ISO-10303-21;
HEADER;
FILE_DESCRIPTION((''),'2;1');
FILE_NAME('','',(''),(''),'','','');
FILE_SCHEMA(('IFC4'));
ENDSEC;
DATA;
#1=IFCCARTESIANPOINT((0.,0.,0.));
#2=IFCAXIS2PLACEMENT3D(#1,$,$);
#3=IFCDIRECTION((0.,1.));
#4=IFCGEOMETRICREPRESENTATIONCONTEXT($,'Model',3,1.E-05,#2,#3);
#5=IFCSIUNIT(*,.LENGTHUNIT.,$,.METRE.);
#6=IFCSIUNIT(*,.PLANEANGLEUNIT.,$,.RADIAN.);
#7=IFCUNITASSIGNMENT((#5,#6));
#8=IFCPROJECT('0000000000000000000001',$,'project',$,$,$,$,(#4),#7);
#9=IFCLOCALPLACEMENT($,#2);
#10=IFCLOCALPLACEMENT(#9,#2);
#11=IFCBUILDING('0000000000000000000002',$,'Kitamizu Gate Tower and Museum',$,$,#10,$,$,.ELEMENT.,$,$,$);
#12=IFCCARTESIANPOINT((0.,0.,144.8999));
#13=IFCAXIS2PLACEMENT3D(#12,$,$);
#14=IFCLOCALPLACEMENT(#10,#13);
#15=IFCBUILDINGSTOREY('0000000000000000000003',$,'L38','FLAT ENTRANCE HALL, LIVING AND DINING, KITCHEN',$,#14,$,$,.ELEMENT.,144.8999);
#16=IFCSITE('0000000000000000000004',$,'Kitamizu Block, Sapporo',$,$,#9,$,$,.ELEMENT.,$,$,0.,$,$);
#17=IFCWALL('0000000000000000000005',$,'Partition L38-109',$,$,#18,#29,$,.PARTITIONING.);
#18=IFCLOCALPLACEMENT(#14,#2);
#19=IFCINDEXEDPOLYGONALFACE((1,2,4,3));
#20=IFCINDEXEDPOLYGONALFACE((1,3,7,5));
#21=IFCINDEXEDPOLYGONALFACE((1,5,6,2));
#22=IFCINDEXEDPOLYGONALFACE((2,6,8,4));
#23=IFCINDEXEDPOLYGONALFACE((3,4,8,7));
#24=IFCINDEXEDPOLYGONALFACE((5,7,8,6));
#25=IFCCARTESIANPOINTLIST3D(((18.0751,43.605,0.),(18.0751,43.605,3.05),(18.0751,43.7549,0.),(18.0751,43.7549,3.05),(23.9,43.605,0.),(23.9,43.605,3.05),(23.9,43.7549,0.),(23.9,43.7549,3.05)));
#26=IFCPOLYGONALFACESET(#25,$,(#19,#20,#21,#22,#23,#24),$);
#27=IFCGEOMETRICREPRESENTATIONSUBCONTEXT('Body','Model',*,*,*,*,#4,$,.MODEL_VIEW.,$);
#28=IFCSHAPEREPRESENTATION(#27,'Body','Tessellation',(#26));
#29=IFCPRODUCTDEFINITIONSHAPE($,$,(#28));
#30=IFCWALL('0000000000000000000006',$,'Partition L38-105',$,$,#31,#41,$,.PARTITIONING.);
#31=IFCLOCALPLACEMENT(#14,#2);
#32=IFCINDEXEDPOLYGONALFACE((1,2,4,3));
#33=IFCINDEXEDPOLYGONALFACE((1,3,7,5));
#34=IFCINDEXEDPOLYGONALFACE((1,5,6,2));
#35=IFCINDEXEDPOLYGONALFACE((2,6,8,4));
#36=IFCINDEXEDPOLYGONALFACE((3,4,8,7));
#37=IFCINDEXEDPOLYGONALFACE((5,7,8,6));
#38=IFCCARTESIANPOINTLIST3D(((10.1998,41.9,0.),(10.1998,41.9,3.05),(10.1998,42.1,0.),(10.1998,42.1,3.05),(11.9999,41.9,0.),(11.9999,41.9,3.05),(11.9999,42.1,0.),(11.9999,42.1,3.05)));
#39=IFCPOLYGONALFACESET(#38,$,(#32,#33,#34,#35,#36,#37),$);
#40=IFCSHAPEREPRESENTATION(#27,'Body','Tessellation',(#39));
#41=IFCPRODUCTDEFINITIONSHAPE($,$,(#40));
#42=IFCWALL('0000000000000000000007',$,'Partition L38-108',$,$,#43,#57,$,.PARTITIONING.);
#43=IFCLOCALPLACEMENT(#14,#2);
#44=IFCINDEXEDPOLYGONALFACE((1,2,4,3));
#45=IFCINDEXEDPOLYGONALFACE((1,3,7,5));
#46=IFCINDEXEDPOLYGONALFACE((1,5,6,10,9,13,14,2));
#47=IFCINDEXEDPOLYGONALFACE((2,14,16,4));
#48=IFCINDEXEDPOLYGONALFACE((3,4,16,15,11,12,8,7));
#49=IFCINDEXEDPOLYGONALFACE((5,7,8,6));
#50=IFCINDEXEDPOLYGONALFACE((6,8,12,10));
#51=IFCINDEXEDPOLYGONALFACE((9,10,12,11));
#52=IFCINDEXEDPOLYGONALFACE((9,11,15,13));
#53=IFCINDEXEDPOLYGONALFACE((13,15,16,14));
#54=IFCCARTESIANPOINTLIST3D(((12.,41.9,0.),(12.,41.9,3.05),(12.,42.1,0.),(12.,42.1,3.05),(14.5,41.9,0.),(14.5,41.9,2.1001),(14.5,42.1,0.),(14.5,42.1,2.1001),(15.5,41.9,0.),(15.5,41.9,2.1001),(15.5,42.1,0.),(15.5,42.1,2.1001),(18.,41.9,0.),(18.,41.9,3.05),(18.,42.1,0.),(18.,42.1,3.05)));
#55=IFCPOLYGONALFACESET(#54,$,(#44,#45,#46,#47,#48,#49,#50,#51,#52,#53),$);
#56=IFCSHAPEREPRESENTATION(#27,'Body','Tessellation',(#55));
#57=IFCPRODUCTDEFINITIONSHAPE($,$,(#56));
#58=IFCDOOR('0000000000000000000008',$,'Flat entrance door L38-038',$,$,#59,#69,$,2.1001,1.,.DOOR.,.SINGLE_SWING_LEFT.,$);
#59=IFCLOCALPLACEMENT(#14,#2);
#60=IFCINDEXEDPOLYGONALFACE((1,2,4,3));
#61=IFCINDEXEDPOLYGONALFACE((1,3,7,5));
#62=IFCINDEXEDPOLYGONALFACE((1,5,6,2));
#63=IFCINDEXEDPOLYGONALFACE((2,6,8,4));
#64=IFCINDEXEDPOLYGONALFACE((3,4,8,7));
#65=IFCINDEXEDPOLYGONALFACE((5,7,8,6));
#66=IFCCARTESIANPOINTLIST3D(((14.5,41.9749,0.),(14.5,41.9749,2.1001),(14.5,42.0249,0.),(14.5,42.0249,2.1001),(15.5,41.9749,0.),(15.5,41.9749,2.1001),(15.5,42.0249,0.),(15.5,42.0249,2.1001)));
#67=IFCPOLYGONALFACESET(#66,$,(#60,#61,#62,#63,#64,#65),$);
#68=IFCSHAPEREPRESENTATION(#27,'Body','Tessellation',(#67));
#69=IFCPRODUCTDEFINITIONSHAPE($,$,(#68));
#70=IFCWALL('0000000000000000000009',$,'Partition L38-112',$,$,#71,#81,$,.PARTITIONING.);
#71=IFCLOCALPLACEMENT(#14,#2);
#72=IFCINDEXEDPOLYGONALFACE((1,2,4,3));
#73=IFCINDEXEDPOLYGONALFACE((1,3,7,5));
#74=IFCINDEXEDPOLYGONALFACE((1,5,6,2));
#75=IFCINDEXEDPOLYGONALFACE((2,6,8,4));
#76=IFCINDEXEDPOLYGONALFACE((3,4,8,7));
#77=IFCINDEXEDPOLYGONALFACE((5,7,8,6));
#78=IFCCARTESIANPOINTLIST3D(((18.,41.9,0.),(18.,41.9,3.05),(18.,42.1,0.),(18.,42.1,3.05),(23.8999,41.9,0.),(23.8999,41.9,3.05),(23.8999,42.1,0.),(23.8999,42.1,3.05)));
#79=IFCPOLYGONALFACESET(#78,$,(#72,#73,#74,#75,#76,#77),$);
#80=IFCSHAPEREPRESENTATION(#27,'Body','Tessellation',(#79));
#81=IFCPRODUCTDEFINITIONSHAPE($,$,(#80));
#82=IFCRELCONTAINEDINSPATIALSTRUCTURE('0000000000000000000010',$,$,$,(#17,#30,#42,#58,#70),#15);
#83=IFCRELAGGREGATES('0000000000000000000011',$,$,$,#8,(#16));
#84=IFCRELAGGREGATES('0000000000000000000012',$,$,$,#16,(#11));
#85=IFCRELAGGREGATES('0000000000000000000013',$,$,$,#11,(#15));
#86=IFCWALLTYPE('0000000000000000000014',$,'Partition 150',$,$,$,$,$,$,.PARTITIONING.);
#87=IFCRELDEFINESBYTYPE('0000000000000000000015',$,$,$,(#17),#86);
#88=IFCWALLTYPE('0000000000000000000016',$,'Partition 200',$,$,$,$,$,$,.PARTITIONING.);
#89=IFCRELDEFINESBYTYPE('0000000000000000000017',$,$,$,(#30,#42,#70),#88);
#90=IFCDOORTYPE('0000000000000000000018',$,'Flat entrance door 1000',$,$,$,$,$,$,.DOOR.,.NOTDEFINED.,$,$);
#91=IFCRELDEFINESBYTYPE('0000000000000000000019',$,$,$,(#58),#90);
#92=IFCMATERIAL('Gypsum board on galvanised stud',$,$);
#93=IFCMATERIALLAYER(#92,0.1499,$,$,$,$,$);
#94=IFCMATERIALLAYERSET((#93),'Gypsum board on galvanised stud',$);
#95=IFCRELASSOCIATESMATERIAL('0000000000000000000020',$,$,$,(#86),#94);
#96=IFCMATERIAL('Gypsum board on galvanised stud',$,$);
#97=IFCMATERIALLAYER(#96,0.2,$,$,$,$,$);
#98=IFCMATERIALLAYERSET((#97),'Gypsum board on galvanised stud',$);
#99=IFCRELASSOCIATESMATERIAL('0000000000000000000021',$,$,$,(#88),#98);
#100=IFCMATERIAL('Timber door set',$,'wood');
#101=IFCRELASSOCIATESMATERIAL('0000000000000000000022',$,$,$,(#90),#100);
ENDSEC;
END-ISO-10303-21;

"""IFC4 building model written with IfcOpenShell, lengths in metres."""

from ifc_helpers import new_model, si_unit, direction, frame, frame_2d, origin, place, context, subcontext, project, spatial, rectangle, extrude, material, layer, layer_set, type_object, element, fill, save


model = new_model("IFC4")

# Units and contexts
model_context = context("Model", 3, precision=1e-05, world=origin(), true_north=direction((0.0, 1.0)))
body_context = subcontext(model_context, "Body", "Model", "MODEL_VIEW")
ifc_project = project(units=[si_unit("LENGTHUNIT", "METRE"), si_unit("PLANEANGLEUNIT", "RADIAN")], contexts=[model_context])

# Site, building, storey
site_placement = place(None, origin())
site = spatial("IfcSite", under=ifc_project, at=site_placement, Name="Kitamizu Block, Sapporo", CompositionType="ELEMENT", RefElevation=0.0)
building_placement = place(site_placement, origin())
building = spatial("IfcBuilding", under=site, at=building_placement, Name="Kitamizu Gate Tower and Museum", CompositionType="ELEMENT")
storey_placement = place(building_placement, frame((0.0, 0.0, 144.8999)))
storey = spatial("IfcBuildingStorey", under=building, at=storey_placement, Name="L38", Description="FLAT ENTRANCE HALL, LIVING AND DINING, KITCHEN", CompositionType="ELEMENT", Elevation=144.8999)

# Shared definitions
ifc_material_1 = material(Name="Gypsum board on galvanised stud")
ifc_layer_1 = layer(ifc_material_1, 0.1499)
ifc_layer_set_1 = layer_set([ifc_layer_1], Name="Gypsum board on galvanised stud")
wall_type_1 = type_object("IfcWallType", Name="Partition 150", PredefinedType="PARTITIONING", material=ifc_layer_set_1)

# Walls
wall_1_placement = place(storey_placement, frame((18.075, 43.6799, 0.0), z_axis=(0.0, 0.0, 1.0), x_axis=(1.0, 0.0, 0.0)))
element("IfcWall", 1, at=wall_1_placement, inside=storey, type_object=wall_type_1, Name="Partition L38-109", PredefinedType="PARTITIONING", context=body_context, shape_type="SweptSolid", body=[
    extrude(rectangle(XDim=5.825, YDim=0.1499, at=frame_2d((2.9126, 0.0))), origin(), (0.0, 0.0, 1.0), 3.05),
])
ifc_material_2 = material(Name="Gypsum board on galvanised stud")
ifc_layer_2 = layer(ifc_material_2, 0.2)
ifc_layer_set_2 = layer_set([ifc_layer_2], Name="Gypsum board on galvanised stud")
wall_type_2 = type_object("IfcWallType", Name="Partition 200", PredefinedType="PARTITIONING", material=ifc_layer_set_2)
wall_2_placement = place(storey_placement, frame((10.2, 42.0, 0.0), z_axis=(0.0, 0.0, 1.0), x_axis=(1.0, 0.0, 0.0)))
element("IfcWall", 2, at=wall_2_placement, inside=storey, type_object=wall_type_2, Name="Partition L38-105", PredefinedType="PARTITIONING", context=body_context, shape_type="SweptSolid", body=[
    extrude(rectangle(XDim=1.8, YDim=0.2, at=frame_2d((0.8999, 0.0))), origin(), (0.0, 0.0, 1.0), 3.05),
])

# Wall, opening, door
wall_3_placement = place(storey_placement, frame((12.0, 42.0, 0.0), z_axis=(0.0, 0.0, 1.0), x_axis=(1.0, 0.0, 0.0)))
wall_3 = element("IfcWall", 3, at=wall_3_placement, inside=storey, type_object=wall_type_2, Name="Partition L38-108", PredefinedType="PARTITIONING", context=body_context, shape_type="SweptSolid", body=[
    extrude(rectangle(XDim=6.0, YDim=0.2, at=frame_2d((3.0, 0.0))), origin(), (0.0, 0.0, 1.0), 3.05),
])
opening_1_placement = place(wall_3_placement, frame((2.5, 0.0, 0.0)))
opening_1 = element("IfcOpeningElement", 4, at=opening_1_placement, cuts=wall_3, PredefinedType="OPENING", context=body_context, shape_type="SweptSolid", body=[
    extrude(rectangle(XDim=1.0, YDim=2.1001, at=frame_2d((0.5, 1.05))), frame((0.0, 0.1099, 0.0), z_axis=(0.0, -1.0, 0.0), x_axis=(1.0, 0.0, 0.0)), (0.0, 0.0, 1.0), 0.22),
])
ifc_material_3 = material(Name="Timber door set", Category="wood")
door_type_1 = type_object("IfcDoorType", Name="Flat entrance door 1000", OperationType="NOTDEFINED", PredefinedType="DOOR", material=ifc_material_3)
door_1_placement = place(opening_1_placement, origin())
door_1 = element("IfcDoor", 5, at=door_1_placement, inside=storey, type_object=door_type_1, Name="Flat entrance door L38-038", OperationType="SINGLE_SWING_LEFT", OverallHeight=2.1001, OverallWidth=1.0, PredefinedType="DOOR", context=body_context, shape_type="SweptSolid", body=[
    extrude(rectangle(XDim=1.0, YDim=2.1001, at=frame_2d((0.5, 1.05))), frame((0.0, 0.0249, 0.0), z_axis=(0.0, -1.0, 0.0), x_axis=(1.0, 0.0, 0.0)), (0.0, 0.0, 1.0), 0.05),
])
fill(opening_1, door_1)

# Wall
wall_4_placement = place(storey_placement, frame((18.0, 42.0, 0.0), z_axis=(0.0, 0.0, 1.0), x_axis=(1.0, 0.0, 0.0)))
element("IfcWall", 6, at=wall_4_placement, inside=storey, type_object=wall_type_2, Name="Partition L38-112", PredefinedType="PARTITIONING", context=body_context, shape_type="SweptSolid", body=[
    extrude(rectangle(XDim=5.8999, YDim=0.2, at=frame_2d((2.95, 0.0))), origin(), (0.0, 0.0, 1.0), 3.05),
])

save(model, "model.ifc")
